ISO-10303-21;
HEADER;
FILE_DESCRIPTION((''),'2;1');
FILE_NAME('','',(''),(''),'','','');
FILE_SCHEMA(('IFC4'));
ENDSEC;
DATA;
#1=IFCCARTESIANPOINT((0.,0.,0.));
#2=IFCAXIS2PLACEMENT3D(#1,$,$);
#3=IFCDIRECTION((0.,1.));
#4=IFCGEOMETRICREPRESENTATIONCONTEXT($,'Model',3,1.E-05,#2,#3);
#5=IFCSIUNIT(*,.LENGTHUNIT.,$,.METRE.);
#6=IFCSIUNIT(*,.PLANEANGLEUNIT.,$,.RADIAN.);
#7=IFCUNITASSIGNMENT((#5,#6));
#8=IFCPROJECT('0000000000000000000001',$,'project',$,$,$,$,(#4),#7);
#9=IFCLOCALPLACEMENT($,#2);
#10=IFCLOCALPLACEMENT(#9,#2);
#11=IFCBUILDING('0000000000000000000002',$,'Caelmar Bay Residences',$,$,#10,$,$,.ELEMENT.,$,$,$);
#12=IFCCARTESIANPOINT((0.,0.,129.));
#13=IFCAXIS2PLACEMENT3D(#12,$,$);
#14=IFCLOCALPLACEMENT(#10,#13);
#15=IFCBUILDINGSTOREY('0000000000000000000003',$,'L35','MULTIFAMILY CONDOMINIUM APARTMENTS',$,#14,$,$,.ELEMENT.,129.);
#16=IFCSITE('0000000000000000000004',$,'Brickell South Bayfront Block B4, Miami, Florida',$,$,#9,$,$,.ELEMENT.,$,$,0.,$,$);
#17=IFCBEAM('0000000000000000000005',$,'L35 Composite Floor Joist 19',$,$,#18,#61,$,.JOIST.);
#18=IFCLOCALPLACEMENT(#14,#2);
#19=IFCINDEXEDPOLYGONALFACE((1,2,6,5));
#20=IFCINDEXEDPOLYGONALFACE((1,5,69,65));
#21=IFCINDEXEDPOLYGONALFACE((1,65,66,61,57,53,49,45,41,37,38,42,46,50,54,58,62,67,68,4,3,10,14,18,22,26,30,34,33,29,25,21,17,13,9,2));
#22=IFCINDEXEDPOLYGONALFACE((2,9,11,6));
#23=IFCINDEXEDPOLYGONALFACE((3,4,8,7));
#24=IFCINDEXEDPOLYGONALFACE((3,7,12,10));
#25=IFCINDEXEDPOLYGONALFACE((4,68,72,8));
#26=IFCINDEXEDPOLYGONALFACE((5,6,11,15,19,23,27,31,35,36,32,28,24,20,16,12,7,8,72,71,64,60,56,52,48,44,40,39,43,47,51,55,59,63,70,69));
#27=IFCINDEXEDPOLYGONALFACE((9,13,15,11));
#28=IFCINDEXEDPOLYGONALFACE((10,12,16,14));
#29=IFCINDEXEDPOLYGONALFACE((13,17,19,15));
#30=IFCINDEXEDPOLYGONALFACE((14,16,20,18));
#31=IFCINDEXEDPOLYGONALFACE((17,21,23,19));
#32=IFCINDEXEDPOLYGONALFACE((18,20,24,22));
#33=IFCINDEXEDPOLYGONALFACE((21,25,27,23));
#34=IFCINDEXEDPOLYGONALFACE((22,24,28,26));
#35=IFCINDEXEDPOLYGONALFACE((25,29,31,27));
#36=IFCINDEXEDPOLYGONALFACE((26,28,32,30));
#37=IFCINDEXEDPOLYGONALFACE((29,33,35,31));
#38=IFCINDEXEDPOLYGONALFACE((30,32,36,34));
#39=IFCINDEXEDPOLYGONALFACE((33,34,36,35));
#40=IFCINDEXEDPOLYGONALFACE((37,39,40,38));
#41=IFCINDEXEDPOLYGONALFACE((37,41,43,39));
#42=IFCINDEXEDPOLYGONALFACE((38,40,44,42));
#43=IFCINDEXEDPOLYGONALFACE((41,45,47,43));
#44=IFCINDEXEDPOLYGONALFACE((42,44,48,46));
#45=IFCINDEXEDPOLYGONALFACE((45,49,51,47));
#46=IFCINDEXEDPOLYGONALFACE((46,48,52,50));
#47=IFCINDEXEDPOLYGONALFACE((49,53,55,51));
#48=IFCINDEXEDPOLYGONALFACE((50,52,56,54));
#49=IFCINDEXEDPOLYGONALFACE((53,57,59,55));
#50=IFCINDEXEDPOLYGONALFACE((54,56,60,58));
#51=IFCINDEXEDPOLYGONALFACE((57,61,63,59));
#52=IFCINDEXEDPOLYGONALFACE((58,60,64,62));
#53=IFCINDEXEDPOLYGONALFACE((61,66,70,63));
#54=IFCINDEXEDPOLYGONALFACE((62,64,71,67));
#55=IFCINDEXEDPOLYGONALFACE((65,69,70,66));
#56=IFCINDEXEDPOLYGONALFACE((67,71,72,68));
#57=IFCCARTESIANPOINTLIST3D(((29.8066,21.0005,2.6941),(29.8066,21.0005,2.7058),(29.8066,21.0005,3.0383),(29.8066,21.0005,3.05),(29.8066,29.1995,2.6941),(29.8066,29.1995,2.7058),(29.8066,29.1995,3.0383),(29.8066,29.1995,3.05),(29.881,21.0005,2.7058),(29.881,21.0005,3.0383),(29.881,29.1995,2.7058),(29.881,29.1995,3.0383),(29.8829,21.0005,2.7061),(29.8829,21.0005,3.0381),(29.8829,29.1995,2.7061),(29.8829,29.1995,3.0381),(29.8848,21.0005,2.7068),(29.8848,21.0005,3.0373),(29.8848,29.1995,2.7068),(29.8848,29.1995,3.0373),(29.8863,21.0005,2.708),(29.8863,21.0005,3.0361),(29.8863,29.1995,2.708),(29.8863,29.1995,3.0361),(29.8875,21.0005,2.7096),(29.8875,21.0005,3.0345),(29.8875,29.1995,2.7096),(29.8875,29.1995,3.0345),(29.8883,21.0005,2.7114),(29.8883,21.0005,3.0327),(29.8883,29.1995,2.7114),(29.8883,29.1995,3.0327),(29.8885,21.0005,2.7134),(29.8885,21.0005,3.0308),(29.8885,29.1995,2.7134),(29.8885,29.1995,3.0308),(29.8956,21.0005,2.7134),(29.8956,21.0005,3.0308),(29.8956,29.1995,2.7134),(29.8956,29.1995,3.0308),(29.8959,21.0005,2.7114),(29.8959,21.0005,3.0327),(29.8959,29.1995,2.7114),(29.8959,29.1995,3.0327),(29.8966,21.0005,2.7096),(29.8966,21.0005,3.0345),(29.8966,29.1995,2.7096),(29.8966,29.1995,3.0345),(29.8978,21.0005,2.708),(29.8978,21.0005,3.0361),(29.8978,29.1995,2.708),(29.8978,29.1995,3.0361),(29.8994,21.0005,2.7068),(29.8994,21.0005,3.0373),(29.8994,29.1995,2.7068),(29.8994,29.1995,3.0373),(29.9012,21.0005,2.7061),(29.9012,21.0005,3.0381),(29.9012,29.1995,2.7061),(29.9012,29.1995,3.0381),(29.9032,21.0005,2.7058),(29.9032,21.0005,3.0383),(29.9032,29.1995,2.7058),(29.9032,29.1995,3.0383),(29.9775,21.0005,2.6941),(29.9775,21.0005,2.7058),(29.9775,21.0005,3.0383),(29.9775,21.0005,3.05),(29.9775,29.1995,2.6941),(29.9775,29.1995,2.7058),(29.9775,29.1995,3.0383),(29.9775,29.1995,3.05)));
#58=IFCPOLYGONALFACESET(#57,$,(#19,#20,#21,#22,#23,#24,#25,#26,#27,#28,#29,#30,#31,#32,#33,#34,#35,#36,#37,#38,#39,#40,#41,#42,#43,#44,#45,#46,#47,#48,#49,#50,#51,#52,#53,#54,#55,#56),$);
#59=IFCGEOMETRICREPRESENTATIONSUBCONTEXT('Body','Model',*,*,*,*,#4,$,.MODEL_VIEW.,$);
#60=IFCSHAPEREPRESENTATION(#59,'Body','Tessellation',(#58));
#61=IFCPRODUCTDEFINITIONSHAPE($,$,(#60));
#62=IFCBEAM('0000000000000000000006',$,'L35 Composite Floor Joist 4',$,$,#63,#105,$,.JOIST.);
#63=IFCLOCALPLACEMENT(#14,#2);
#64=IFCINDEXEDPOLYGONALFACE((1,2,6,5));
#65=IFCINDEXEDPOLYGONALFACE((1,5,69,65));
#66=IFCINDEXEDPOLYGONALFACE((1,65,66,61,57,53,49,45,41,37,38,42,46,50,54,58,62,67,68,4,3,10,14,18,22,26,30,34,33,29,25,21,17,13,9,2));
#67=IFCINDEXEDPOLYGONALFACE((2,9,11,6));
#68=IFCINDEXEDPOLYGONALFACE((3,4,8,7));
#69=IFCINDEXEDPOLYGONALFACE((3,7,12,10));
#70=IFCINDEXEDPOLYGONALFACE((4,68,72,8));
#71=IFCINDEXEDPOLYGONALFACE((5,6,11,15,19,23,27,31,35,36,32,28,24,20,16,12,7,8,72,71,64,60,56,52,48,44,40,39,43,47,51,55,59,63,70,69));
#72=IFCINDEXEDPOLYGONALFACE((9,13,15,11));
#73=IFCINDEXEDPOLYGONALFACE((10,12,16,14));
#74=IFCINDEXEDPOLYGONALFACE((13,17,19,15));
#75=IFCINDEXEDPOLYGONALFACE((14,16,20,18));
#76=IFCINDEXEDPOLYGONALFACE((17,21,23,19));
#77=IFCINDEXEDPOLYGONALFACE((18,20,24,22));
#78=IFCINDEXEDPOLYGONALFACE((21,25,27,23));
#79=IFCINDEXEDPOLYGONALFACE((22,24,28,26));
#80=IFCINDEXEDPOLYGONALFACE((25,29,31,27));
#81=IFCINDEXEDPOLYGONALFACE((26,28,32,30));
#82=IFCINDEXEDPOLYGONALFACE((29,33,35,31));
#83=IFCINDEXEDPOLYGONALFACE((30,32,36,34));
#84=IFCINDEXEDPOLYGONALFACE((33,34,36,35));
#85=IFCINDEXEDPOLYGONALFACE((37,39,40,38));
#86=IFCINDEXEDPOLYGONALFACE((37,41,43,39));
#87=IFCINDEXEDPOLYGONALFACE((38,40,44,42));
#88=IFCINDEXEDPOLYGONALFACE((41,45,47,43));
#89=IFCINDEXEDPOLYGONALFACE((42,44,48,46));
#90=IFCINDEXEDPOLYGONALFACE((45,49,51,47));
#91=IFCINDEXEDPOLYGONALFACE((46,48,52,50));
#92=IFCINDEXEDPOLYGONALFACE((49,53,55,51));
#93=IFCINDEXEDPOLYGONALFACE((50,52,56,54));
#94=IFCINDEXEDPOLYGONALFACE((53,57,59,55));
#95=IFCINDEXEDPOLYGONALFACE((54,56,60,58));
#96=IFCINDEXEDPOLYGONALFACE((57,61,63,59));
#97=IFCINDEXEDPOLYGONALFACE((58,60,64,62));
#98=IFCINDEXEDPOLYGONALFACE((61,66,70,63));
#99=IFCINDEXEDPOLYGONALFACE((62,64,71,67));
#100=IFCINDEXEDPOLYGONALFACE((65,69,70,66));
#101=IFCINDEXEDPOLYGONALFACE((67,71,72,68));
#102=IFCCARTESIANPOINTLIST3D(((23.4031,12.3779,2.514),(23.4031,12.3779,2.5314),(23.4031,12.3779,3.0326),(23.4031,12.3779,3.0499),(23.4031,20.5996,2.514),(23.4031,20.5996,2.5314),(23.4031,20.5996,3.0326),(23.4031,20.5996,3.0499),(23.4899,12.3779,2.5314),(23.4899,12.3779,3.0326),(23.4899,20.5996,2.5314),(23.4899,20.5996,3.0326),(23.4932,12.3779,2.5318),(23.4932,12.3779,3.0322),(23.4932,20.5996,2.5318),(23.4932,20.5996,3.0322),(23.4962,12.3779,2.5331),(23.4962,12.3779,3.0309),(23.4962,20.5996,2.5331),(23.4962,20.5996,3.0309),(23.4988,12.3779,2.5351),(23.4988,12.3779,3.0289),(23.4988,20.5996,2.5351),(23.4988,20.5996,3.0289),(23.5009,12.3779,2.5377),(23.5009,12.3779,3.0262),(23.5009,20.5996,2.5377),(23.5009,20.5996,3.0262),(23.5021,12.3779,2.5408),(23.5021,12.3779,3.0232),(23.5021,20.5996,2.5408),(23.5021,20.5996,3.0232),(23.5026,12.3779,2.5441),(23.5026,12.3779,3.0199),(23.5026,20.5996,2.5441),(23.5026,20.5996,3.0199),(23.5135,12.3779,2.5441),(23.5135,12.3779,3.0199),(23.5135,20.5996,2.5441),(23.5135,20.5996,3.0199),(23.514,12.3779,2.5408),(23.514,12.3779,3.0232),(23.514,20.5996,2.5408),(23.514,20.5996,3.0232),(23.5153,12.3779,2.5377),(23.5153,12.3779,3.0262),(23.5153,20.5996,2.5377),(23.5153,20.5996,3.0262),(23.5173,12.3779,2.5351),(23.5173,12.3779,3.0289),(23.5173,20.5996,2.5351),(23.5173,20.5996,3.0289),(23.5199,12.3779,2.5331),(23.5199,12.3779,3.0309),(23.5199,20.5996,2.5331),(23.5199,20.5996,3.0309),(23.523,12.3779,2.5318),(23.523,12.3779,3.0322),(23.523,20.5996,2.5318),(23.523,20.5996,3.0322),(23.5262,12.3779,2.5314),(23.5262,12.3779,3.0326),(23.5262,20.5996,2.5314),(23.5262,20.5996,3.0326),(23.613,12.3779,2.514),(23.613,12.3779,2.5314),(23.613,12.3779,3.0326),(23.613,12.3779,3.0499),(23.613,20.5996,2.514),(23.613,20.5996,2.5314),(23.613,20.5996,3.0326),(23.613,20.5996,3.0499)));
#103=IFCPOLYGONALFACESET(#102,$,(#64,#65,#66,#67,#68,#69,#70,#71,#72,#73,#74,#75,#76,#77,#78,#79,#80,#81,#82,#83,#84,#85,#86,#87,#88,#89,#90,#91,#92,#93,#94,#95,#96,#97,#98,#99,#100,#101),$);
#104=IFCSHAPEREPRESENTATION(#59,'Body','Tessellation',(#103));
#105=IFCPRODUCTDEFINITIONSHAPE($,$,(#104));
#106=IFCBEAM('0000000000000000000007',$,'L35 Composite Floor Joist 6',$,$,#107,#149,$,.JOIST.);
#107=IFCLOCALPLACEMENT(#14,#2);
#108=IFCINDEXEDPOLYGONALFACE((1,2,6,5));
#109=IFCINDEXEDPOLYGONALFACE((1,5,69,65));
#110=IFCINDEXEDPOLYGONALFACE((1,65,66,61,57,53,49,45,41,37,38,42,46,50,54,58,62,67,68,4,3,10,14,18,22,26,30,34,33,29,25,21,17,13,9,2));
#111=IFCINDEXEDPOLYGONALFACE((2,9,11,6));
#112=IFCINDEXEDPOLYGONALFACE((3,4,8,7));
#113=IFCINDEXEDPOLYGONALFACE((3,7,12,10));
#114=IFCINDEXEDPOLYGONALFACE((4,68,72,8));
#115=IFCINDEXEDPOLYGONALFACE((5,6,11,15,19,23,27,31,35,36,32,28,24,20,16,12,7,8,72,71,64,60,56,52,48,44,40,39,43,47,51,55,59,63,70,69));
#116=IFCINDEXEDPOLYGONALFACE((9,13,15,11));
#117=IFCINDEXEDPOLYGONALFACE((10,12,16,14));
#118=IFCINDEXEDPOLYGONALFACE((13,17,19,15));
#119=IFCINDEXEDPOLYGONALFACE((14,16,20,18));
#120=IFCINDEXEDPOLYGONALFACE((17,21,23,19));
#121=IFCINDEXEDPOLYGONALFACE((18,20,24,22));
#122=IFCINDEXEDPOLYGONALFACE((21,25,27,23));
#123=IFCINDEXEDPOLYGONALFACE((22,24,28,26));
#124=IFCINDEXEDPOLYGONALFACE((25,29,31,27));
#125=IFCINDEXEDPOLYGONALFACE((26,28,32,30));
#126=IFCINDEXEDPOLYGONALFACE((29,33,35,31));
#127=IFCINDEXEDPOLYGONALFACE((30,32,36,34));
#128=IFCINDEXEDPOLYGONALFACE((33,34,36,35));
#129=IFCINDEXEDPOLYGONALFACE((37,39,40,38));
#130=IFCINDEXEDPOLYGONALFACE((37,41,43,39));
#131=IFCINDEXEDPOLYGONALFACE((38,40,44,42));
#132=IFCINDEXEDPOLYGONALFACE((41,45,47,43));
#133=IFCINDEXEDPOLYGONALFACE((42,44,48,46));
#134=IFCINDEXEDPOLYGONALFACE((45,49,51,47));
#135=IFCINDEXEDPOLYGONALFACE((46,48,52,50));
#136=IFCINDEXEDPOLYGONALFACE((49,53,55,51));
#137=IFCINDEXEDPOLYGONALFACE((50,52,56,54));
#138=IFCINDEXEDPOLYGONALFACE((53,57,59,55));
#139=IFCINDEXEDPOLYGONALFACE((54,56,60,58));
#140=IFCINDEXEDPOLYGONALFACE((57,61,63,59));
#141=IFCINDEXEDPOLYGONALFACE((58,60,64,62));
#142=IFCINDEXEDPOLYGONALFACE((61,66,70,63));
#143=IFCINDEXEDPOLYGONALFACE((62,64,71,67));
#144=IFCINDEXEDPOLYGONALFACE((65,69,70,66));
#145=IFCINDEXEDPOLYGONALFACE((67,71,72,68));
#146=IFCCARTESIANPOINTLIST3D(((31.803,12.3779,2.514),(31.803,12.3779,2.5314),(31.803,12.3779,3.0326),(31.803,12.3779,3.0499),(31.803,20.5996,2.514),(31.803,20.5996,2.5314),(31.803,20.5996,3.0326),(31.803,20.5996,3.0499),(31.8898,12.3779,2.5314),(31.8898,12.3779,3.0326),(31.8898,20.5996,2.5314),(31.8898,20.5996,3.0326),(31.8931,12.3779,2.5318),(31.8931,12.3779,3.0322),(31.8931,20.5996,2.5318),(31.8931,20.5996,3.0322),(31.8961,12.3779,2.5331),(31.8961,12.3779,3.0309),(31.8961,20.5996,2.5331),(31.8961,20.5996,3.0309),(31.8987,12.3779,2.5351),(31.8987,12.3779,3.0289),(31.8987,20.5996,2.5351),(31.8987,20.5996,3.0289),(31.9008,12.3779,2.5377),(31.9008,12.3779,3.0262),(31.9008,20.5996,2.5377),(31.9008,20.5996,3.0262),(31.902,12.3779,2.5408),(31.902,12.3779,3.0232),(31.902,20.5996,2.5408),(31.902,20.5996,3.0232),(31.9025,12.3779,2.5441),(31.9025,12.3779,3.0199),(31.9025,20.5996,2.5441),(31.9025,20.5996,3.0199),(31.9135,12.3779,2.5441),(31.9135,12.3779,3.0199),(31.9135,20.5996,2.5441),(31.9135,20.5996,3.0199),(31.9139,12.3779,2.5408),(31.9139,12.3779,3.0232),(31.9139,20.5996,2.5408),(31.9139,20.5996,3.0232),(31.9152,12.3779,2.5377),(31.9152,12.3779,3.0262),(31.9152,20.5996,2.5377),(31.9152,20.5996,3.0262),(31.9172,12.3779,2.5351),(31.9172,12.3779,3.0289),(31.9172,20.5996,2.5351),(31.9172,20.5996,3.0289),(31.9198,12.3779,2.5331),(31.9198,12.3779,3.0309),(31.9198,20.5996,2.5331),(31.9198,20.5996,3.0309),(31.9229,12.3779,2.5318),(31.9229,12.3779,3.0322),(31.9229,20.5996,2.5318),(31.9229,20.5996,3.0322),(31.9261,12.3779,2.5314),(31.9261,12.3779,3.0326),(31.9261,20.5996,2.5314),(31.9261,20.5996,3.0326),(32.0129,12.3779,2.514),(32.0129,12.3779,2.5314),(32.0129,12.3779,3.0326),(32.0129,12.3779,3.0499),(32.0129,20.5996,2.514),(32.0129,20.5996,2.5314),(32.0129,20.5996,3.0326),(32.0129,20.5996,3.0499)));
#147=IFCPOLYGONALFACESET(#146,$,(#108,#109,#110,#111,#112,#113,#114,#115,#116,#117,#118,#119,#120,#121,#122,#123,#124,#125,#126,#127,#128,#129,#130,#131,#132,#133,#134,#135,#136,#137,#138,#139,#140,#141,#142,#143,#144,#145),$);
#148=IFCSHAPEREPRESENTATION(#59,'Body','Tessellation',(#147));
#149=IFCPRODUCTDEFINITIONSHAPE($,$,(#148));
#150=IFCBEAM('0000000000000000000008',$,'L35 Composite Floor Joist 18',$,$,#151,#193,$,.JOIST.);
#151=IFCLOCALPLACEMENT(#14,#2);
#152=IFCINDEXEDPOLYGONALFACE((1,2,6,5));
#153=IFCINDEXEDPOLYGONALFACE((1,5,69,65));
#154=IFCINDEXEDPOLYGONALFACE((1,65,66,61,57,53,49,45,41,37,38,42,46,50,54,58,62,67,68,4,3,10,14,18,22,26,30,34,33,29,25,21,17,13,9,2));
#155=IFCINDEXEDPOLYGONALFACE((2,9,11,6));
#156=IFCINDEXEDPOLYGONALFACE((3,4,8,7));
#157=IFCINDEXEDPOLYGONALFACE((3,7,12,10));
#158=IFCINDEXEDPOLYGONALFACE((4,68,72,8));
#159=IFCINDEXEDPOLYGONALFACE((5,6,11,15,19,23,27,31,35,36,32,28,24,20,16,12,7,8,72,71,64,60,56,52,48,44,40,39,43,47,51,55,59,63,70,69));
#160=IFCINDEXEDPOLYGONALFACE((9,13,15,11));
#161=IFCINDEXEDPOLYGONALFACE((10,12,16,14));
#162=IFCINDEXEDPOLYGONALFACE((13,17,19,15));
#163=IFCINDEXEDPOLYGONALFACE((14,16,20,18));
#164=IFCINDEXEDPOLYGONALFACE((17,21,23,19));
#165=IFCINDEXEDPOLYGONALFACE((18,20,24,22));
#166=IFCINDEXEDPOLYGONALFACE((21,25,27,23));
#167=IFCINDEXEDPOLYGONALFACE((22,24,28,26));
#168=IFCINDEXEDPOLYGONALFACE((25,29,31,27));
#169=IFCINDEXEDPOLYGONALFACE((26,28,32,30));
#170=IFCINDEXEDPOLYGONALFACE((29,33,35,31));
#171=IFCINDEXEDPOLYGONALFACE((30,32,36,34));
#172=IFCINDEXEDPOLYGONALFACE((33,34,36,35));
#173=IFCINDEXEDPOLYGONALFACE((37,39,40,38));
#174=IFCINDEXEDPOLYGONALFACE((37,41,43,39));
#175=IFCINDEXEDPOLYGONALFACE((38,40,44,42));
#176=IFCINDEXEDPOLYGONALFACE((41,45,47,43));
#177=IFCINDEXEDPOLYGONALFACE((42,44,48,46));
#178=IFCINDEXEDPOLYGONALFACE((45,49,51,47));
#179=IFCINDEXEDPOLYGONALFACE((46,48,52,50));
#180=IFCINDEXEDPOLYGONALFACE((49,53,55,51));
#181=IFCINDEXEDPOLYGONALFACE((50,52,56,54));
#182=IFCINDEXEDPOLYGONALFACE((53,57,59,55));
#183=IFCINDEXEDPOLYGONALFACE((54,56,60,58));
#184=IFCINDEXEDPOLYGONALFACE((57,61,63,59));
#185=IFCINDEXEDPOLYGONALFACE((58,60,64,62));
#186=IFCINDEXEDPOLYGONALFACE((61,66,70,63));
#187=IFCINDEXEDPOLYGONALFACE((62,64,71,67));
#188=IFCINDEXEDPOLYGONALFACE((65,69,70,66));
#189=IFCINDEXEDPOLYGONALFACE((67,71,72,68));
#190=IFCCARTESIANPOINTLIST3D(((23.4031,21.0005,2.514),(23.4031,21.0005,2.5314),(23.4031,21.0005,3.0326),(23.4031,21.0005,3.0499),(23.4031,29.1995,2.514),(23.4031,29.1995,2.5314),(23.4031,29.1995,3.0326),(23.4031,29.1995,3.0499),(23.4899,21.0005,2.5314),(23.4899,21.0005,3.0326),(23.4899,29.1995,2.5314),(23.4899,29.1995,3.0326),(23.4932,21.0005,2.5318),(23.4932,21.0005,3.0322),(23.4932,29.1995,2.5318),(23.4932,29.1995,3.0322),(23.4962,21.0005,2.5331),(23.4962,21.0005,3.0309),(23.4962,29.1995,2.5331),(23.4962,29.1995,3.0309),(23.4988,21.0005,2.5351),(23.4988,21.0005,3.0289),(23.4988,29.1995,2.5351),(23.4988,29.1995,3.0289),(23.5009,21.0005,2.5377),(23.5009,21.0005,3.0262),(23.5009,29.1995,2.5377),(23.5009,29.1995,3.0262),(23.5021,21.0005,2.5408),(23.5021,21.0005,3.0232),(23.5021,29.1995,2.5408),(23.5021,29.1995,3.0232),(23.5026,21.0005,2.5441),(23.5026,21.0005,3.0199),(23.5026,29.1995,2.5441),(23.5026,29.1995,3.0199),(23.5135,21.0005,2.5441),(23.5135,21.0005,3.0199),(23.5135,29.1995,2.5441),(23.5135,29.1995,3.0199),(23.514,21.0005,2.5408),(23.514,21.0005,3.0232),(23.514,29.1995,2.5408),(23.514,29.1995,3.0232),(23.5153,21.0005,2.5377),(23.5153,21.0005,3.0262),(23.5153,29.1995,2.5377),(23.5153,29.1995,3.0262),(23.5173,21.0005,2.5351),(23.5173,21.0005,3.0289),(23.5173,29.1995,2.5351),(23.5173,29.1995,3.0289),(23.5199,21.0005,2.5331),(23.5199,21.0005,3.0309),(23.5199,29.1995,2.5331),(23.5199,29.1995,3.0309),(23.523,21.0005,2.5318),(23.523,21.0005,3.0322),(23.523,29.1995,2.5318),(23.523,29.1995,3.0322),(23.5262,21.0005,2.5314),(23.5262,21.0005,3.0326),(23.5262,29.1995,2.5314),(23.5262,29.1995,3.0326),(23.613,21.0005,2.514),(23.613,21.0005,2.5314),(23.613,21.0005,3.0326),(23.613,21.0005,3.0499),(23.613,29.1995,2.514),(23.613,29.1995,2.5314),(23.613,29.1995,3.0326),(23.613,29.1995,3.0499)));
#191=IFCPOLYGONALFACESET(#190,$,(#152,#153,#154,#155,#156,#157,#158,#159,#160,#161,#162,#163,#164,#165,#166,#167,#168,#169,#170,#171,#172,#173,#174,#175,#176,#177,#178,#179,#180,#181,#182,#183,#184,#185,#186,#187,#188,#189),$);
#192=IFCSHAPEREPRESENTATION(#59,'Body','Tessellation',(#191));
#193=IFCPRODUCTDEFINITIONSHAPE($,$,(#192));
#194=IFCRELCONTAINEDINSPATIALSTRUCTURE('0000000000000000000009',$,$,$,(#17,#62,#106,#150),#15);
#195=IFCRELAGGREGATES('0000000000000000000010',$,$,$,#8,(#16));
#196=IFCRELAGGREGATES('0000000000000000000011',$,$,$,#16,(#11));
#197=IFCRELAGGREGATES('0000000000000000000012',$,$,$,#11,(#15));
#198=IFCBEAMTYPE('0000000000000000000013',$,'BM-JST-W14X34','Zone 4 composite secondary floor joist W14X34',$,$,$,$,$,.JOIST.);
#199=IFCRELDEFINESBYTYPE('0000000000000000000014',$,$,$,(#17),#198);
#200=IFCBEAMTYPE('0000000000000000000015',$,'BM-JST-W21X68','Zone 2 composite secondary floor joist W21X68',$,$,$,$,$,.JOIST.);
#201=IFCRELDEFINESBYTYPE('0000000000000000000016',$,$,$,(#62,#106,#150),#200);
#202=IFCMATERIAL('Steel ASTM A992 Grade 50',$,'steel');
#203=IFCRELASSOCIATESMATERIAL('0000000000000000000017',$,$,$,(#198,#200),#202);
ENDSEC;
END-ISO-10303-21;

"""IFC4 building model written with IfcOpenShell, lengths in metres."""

from ifc_helpers import new_model, si_unit, direction, frame, origin, origin_2d, place, context, subcontext, project, spatial, i_section, extrude, material, material_profile, profile_set, type_object, element, save


model = new_model("IFC4")

# Units and contexts
model_context = context("Model", 3, precision=1e-05, world=origin(), true_north=direction((0.0, 1.0)))
body_context = subcontext(model_context, "Body", "Model", "MODEL_VIEW")
ifc_project = project(units=[si_unit("LENGTHUNIT", "METRE"), si_unit("PLANEANGLEUNIT", "RADIAN")], contexts=[model_context])

# Site, building, storey
site_placement = place(None, origin())
site = spatial("IfcSite", under=ifc_project, at=site_placement, Name="Brickell South Bayfront Block B4, Miami, Florida", CompositionType="ELEMENT", RefElevation=0.0)
building_placement = place(site_placement, origin())
building = spatial("IfcBuilding", under=site, at=building_placement, Name="Caelmar Bay Residences", CompositionType="ELEMENT")
storey_placement = place(building_placement, frame((0.0, 0.0, 129.0)))
storey = spatial("IfcBuildingStorey", under=building, at=storey_placement, Name="L35", Description="MULTIFAMILY CONDOMINIUM APARTMENTS", CompositionType="ELEMENT", Elevation=129.0)

# Beams
ifc_material_1 = material(Name="Steel ASTM A992 Grade 50", Category="steel")
ifc_material_profile_1 = material_profile(ifc_material_1, i_section(OverallWidth=0.1709, OverallDepth=0.356, WebThickness=0.0071, FlangeThickness=0.0117, FilletRadius=0.0076, at=origin_2d()), Name="W14X34")
ifc_profile_set_1 = profile_set([ifc_material_profile_1], Name="Steel ASTM A992 Grade 50")
beam_type_1 = type_object("IfcBeamType", Name="BM-JST-W14X34", Description="Zone 4 composite secondary floor joist W14X34", PredefinedType="JOIST", material=ifc_profile_set_1)
for number, where, z_axis, x_axis, name in (
    (1, (29.8921, 21.0005, 2.8721), (0.0, 1.0, 0.0), (-1.0, 0.0, 0.0), "L35 Composite Floor Joist 19"),
):
    element("IfcBeam", number, at=place(storey_placement, frame(where, z_axis=z_axis, x_axis=x_axis)), inside=storey, type_object=beam_type_1, Name=name, PredefinedType="JOIST", context=body_context, shape_type="SweptSolid", body=[
        extrude(i_section(OverallWidth=0.1709, OverallDepth=0.356, WebThickness=0.0071, FlangeThickness=0.0117, FilletRadius=0.0076, at=origin_2d()), origin(), (0.0, 0.0, 1.0), 8.199),
    ])
ifc_material_profile_2 = material_profile(ifc_material_1, i_section(OverallWidth=0.21, OverallDepth=0.5359, WebThickness=0.011, FlangeThickness=0.0173, FilletRadius=0.0127, at=origin_2d()), Name="W21X68")
ifc_profile_set_2 = profile_set([ifc_material_profile_2], Name="Steel ASTM A992 Grade 50")
beam_type_2 = type_object("IfcBeamType", Name="BM-JST-W21X68", Description="Zone 2 composite secondary floor joist W21X68", PredefinedType="JOIST", material=ifc_profile_set_2)
for number, where, z_axis, x_axis, name in (
    (2, (23.5081, 12.3779, 2.782), (0.0, 1.0, 0.0), (-1.0, 0.0, 0.0), "L35 Composite Floor Joist 4"),
    (3, (31.908, 12.3779, 2.782), (0.0, 1.0, 0.0), (-1.0, 0.0, 0.0), "L35 Composite Floor Joist 6"),
):
    element("IfcBeam", number, at=place(storey_placement, frame(where, z_axis=z_axis, x_axis=x_axis)), inside=storey, type_object=beam_type_2, Name=name, PredefinedType="JOIST", context=body_context, shape_type="SweptSolid", body=[
        extrude(i_section(OverallWidth=0.21, OverallDepth=0.5359, WebThickness=0.011, FlangeThickness=0.0173, FilletRadius=0.0127, at=origin_2d()), origin(), (0.0, 0.0, 1.0), 8.2217),
    ])
for number, where, z_axis, x_axis, name in (
    (4, (23.5081, 21.0005, 2.782), (0.0, 1.0, 0.0), (-1.0, 0.0, 0.0), "L35 Composite Floor Joist 18"),
):
    element("IfcBeam", number, at=place(storey_placement, frame(where, z_axis=z_axis, x_axis=x_axis)), inside=storey, type_object=beam_type_2, Name=name, PredefinedType="JOIST", context=body_context, shape_type="SweptSolid", body=[
        extrude(i_section(OverallWidth=0.21, OverallDepth=0.5359, WebThickness=0.011, FlangeThickness=0.0173, FilletRadius=0.0127, at=origin_2d()), origin(), (0.0, 0.0, 1.0), 8.199),
    ])

save(model, "model.ifc")
